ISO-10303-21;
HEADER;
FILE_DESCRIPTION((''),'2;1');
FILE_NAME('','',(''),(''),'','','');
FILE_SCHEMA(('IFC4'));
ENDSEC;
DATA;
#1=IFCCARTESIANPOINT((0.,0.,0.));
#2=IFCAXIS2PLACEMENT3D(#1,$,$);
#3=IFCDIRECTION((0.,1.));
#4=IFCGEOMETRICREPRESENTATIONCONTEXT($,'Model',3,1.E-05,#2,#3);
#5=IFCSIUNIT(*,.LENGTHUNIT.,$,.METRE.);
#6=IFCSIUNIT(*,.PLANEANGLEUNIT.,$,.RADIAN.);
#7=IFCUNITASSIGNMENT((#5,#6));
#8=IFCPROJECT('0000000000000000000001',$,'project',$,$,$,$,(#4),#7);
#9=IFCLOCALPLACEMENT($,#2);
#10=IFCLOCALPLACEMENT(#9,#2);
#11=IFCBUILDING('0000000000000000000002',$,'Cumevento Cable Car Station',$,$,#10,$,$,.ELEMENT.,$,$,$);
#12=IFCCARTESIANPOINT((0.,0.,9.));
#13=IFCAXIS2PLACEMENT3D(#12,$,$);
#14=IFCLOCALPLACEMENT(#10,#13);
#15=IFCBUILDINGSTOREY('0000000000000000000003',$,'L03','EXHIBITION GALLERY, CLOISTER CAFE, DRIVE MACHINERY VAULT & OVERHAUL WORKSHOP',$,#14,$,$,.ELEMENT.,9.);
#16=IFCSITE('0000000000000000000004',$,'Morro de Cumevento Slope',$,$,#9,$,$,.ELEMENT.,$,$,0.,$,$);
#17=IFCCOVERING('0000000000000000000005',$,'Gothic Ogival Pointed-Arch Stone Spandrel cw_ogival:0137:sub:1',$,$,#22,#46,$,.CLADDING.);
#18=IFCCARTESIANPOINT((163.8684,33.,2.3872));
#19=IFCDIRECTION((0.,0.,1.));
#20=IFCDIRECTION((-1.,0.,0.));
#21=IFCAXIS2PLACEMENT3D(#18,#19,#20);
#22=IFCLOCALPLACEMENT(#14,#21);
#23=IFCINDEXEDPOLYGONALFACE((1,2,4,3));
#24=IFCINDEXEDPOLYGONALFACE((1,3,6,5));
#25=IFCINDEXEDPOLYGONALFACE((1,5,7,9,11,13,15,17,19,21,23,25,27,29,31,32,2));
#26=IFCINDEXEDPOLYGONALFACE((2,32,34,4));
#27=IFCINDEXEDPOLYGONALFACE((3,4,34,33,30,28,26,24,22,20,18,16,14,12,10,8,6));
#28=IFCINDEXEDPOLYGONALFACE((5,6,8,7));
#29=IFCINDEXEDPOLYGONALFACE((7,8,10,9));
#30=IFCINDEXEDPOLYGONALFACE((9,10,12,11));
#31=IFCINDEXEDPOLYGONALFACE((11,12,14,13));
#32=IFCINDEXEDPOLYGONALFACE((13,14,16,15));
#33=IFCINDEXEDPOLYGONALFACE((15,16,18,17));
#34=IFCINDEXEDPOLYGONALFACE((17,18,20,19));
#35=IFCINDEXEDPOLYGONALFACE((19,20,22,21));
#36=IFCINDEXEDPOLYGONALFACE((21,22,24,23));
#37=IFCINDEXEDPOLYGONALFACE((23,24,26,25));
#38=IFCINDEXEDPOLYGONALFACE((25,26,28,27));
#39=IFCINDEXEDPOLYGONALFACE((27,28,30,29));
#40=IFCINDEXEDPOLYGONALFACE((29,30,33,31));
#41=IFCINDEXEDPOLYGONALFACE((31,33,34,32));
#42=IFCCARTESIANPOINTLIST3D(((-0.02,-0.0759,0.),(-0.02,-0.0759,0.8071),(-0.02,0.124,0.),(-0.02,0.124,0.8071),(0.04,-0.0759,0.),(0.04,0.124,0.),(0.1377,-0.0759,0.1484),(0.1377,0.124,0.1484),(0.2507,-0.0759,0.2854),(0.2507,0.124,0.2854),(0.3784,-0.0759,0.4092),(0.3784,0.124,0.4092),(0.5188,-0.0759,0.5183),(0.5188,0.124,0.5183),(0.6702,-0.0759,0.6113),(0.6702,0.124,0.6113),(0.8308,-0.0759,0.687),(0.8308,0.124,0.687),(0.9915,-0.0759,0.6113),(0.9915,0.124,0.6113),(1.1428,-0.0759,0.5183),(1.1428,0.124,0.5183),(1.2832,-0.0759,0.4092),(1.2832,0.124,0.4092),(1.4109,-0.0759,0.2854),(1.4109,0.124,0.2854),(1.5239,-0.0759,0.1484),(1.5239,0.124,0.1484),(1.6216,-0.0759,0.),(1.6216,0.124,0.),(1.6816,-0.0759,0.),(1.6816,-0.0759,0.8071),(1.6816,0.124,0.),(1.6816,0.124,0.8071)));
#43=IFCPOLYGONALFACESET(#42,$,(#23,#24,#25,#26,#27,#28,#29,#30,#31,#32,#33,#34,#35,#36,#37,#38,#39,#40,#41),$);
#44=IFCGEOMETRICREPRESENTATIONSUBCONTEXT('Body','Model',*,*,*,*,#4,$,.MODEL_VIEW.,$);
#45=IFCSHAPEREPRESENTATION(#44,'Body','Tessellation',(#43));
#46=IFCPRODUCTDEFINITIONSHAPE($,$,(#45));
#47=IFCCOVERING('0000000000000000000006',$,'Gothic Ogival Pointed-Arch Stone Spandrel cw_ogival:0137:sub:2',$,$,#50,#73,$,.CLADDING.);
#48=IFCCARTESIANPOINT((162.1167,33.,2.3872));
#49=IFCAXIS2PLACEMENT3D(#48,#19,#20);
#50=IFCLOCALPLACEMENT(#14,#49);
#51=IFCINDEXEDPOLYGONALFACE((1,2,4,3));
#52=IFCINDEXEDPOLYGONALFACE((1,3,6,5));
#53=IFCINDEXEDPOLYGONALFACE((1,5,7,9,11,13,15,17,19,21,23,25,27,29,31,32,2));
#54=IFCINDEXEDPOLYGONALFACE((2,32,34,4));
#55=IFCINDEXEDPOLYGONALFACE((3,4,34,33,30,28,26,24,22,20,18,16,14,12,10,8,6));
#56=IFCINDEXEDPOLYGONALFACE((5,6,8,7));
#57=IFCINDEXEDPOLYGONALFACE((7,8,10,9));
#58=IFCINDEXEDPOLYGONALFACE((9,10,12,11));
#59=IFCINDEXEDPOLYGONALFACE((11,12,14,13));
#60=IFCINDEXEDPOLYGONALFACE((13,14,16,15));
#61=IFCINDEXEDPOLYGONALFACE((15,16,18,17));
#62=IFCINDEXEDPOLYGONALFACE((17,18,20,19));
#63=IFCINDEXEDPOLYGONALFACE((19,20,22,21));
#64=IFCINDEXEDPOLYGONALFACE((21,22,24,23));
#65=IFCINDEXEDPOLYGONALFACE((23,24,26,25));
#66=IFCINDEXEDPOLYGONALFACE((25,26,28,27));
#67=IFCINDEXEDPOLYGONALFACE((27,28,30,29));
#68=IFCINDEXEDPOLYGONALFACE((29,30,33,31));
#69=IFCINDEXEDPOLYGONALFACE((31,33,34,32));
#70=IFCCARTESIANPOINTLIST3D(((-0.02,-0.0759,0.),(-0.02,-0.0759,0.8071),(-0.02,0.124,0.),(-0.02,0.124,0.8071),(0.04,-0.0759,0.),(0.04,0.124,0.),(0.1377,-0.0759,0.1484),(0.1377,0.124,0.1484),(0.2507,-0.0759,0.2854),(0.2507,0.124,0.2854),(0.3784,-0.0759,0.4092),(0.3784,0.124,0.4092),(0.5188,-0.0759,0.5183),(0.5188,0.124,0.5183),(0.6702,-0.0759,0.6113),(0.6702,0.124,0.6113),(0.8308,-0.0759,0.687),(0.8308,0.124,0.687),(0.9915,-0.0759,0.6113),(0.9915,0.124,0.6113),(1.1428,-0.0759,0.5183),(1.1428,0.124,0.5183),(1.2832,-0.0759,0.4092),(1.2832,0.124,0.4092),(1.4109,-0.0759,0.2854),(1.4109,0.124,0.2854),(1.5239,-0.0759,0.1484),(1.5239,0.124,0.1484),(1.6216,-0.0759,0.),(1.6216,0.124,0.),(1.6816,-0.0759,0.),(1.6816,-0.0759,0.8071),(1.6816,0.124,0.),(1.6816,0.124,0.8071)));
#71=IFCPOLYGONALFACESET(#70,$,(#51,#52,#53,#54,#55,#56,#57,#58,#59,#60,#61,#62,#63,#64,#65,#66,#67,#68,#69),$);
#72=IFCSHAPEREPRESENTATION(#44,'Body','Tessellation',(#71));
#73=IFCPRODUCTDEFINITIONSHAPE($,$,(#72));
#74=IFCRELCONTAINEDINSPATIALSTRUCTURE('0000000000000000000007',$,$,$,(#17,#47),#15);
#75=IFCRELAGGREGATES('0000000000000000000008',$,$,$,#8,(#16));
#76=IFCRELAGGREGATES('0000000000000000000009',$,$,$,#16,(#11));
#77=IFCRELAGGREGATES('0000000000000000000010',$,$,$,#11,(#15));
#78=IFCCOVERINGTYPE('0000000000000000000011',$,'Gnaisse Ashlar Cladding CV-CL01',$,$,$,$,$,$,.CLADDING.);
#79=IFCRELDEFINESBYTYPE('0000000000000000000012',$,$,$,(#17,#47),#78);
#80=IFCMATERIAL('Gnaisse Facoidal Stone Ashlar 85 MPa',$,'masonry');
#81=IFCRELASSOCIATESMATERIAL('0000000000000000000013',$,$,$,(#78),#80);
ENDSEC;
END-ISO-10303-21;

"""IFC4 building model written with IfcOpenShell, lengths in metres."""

from ifc_helpers import new_model, si_unit, direction, frame, origin, place, context, subcontext, project, spatial, polyline, outline, extrude, material, type_object, element, save


model = new_model("IFC4")

# Units and contexts
model_context = context("Model", 3, precision=1e-05, world=origin(), true_north=direction((0.0, 1.0)))
body_context = subcontext(model_context, "Body", "Model", "MODEL_VIEW")
ifc_project = project(units=[si_unit("LENGTHUNIT", "METRE"), si_unit("PLANEANGLEUNIT", "RADIAN")], contexts=[model_context])

# Site, building, storey
site_placement = place(None, origin())
site = spatial("IfcSite", under=ifc_project, at=site_placement, Name="Morro de Cumevento Slope", CompositionType="ELEMENT", RefElevation=0.0)
building_placement = place(site_placement, origin())
building = spatial("IfcBuilding", under=site, at=building_placement, Name="Cumevento Cable Car Station", CompositionType="ELEMENT")
storey_placement = place(building_placement, frame((0.0, 0.0, 9.0)))
storey = spatial("IfcBuildingStorey", under=building, at=storey_placement, Name="L03", Description="EXHIBITION GALLERY, CLOISTER CAFE, DRIVE MACHINERY VAULT & OVERHAUL WORKSHOP", CompositionType="ELEMENT", Elevation=9.0)

# Coverings
ifc_material_1 = material(Name="Gnaisse Facoidal Stone Ashlar 85 MPa", Category="masonry")
covering_type = type_object("IfcCoveringType", Name="Gnaisse Ashlar Cladding CV-CL01", PredefinedType="CLADDING", material=ifc_material_1)
for number, where, z_axis, x_axis, name in (
    (1, (163.8684, 33.0, 2.3872), (0.0, 0.0, 1.0), (-1.0, 0.0, 0.0), "Gothic Ogival Pointed-Arch Stone Spandrel cw_ogival:0137:sub:1"),
    (2, (162.1167, 33.0, 2.3872), (0.0, 0.0, 1.0), (-1.0, 0.0, 0.0), "Gothic Ogival Pointed-Arch Stone Spandrel cw_ogival:0137:sub:2"),
):
    element("IfcCovering", number, at=place(storey_placement, frame(where, z_axis=z_axis, x_axis=x_axis)), inside=storey, type_object=covering_type, Name=name, PredefinedType="CLADDING", context=body_context, shape_type="SweptSolid", body=[
        extrude(outline(polyline([(-0.02, 0.0), (-0.02, 0.8071), (1.6816, 0.8071), (1.6816, 0.0), (1.6216, 0.0), (1.5239, 0.1484), (1.4109, 0.2854), (1.2832, 0.4092), (1.1428, 0.5183), (0.9915, 0.6113), (0.8308, 0.687), (0.6702, 0.6113), (0.5188, 0.5183), (0.3784, 0.4092), (0.2507, 0.2854), (0.1377, 0.1484), (0.04, 0.0), (-0.02, 0.0)])), frame((0.0, 0.124, 0.0), z_axis=(0.0, -1.0, 0.0), x_axis=(1.0, 0.0, 0.0)), (0.0, 0.0, 1.0), 0.2),
    ])

save(model, "model.ifc")
